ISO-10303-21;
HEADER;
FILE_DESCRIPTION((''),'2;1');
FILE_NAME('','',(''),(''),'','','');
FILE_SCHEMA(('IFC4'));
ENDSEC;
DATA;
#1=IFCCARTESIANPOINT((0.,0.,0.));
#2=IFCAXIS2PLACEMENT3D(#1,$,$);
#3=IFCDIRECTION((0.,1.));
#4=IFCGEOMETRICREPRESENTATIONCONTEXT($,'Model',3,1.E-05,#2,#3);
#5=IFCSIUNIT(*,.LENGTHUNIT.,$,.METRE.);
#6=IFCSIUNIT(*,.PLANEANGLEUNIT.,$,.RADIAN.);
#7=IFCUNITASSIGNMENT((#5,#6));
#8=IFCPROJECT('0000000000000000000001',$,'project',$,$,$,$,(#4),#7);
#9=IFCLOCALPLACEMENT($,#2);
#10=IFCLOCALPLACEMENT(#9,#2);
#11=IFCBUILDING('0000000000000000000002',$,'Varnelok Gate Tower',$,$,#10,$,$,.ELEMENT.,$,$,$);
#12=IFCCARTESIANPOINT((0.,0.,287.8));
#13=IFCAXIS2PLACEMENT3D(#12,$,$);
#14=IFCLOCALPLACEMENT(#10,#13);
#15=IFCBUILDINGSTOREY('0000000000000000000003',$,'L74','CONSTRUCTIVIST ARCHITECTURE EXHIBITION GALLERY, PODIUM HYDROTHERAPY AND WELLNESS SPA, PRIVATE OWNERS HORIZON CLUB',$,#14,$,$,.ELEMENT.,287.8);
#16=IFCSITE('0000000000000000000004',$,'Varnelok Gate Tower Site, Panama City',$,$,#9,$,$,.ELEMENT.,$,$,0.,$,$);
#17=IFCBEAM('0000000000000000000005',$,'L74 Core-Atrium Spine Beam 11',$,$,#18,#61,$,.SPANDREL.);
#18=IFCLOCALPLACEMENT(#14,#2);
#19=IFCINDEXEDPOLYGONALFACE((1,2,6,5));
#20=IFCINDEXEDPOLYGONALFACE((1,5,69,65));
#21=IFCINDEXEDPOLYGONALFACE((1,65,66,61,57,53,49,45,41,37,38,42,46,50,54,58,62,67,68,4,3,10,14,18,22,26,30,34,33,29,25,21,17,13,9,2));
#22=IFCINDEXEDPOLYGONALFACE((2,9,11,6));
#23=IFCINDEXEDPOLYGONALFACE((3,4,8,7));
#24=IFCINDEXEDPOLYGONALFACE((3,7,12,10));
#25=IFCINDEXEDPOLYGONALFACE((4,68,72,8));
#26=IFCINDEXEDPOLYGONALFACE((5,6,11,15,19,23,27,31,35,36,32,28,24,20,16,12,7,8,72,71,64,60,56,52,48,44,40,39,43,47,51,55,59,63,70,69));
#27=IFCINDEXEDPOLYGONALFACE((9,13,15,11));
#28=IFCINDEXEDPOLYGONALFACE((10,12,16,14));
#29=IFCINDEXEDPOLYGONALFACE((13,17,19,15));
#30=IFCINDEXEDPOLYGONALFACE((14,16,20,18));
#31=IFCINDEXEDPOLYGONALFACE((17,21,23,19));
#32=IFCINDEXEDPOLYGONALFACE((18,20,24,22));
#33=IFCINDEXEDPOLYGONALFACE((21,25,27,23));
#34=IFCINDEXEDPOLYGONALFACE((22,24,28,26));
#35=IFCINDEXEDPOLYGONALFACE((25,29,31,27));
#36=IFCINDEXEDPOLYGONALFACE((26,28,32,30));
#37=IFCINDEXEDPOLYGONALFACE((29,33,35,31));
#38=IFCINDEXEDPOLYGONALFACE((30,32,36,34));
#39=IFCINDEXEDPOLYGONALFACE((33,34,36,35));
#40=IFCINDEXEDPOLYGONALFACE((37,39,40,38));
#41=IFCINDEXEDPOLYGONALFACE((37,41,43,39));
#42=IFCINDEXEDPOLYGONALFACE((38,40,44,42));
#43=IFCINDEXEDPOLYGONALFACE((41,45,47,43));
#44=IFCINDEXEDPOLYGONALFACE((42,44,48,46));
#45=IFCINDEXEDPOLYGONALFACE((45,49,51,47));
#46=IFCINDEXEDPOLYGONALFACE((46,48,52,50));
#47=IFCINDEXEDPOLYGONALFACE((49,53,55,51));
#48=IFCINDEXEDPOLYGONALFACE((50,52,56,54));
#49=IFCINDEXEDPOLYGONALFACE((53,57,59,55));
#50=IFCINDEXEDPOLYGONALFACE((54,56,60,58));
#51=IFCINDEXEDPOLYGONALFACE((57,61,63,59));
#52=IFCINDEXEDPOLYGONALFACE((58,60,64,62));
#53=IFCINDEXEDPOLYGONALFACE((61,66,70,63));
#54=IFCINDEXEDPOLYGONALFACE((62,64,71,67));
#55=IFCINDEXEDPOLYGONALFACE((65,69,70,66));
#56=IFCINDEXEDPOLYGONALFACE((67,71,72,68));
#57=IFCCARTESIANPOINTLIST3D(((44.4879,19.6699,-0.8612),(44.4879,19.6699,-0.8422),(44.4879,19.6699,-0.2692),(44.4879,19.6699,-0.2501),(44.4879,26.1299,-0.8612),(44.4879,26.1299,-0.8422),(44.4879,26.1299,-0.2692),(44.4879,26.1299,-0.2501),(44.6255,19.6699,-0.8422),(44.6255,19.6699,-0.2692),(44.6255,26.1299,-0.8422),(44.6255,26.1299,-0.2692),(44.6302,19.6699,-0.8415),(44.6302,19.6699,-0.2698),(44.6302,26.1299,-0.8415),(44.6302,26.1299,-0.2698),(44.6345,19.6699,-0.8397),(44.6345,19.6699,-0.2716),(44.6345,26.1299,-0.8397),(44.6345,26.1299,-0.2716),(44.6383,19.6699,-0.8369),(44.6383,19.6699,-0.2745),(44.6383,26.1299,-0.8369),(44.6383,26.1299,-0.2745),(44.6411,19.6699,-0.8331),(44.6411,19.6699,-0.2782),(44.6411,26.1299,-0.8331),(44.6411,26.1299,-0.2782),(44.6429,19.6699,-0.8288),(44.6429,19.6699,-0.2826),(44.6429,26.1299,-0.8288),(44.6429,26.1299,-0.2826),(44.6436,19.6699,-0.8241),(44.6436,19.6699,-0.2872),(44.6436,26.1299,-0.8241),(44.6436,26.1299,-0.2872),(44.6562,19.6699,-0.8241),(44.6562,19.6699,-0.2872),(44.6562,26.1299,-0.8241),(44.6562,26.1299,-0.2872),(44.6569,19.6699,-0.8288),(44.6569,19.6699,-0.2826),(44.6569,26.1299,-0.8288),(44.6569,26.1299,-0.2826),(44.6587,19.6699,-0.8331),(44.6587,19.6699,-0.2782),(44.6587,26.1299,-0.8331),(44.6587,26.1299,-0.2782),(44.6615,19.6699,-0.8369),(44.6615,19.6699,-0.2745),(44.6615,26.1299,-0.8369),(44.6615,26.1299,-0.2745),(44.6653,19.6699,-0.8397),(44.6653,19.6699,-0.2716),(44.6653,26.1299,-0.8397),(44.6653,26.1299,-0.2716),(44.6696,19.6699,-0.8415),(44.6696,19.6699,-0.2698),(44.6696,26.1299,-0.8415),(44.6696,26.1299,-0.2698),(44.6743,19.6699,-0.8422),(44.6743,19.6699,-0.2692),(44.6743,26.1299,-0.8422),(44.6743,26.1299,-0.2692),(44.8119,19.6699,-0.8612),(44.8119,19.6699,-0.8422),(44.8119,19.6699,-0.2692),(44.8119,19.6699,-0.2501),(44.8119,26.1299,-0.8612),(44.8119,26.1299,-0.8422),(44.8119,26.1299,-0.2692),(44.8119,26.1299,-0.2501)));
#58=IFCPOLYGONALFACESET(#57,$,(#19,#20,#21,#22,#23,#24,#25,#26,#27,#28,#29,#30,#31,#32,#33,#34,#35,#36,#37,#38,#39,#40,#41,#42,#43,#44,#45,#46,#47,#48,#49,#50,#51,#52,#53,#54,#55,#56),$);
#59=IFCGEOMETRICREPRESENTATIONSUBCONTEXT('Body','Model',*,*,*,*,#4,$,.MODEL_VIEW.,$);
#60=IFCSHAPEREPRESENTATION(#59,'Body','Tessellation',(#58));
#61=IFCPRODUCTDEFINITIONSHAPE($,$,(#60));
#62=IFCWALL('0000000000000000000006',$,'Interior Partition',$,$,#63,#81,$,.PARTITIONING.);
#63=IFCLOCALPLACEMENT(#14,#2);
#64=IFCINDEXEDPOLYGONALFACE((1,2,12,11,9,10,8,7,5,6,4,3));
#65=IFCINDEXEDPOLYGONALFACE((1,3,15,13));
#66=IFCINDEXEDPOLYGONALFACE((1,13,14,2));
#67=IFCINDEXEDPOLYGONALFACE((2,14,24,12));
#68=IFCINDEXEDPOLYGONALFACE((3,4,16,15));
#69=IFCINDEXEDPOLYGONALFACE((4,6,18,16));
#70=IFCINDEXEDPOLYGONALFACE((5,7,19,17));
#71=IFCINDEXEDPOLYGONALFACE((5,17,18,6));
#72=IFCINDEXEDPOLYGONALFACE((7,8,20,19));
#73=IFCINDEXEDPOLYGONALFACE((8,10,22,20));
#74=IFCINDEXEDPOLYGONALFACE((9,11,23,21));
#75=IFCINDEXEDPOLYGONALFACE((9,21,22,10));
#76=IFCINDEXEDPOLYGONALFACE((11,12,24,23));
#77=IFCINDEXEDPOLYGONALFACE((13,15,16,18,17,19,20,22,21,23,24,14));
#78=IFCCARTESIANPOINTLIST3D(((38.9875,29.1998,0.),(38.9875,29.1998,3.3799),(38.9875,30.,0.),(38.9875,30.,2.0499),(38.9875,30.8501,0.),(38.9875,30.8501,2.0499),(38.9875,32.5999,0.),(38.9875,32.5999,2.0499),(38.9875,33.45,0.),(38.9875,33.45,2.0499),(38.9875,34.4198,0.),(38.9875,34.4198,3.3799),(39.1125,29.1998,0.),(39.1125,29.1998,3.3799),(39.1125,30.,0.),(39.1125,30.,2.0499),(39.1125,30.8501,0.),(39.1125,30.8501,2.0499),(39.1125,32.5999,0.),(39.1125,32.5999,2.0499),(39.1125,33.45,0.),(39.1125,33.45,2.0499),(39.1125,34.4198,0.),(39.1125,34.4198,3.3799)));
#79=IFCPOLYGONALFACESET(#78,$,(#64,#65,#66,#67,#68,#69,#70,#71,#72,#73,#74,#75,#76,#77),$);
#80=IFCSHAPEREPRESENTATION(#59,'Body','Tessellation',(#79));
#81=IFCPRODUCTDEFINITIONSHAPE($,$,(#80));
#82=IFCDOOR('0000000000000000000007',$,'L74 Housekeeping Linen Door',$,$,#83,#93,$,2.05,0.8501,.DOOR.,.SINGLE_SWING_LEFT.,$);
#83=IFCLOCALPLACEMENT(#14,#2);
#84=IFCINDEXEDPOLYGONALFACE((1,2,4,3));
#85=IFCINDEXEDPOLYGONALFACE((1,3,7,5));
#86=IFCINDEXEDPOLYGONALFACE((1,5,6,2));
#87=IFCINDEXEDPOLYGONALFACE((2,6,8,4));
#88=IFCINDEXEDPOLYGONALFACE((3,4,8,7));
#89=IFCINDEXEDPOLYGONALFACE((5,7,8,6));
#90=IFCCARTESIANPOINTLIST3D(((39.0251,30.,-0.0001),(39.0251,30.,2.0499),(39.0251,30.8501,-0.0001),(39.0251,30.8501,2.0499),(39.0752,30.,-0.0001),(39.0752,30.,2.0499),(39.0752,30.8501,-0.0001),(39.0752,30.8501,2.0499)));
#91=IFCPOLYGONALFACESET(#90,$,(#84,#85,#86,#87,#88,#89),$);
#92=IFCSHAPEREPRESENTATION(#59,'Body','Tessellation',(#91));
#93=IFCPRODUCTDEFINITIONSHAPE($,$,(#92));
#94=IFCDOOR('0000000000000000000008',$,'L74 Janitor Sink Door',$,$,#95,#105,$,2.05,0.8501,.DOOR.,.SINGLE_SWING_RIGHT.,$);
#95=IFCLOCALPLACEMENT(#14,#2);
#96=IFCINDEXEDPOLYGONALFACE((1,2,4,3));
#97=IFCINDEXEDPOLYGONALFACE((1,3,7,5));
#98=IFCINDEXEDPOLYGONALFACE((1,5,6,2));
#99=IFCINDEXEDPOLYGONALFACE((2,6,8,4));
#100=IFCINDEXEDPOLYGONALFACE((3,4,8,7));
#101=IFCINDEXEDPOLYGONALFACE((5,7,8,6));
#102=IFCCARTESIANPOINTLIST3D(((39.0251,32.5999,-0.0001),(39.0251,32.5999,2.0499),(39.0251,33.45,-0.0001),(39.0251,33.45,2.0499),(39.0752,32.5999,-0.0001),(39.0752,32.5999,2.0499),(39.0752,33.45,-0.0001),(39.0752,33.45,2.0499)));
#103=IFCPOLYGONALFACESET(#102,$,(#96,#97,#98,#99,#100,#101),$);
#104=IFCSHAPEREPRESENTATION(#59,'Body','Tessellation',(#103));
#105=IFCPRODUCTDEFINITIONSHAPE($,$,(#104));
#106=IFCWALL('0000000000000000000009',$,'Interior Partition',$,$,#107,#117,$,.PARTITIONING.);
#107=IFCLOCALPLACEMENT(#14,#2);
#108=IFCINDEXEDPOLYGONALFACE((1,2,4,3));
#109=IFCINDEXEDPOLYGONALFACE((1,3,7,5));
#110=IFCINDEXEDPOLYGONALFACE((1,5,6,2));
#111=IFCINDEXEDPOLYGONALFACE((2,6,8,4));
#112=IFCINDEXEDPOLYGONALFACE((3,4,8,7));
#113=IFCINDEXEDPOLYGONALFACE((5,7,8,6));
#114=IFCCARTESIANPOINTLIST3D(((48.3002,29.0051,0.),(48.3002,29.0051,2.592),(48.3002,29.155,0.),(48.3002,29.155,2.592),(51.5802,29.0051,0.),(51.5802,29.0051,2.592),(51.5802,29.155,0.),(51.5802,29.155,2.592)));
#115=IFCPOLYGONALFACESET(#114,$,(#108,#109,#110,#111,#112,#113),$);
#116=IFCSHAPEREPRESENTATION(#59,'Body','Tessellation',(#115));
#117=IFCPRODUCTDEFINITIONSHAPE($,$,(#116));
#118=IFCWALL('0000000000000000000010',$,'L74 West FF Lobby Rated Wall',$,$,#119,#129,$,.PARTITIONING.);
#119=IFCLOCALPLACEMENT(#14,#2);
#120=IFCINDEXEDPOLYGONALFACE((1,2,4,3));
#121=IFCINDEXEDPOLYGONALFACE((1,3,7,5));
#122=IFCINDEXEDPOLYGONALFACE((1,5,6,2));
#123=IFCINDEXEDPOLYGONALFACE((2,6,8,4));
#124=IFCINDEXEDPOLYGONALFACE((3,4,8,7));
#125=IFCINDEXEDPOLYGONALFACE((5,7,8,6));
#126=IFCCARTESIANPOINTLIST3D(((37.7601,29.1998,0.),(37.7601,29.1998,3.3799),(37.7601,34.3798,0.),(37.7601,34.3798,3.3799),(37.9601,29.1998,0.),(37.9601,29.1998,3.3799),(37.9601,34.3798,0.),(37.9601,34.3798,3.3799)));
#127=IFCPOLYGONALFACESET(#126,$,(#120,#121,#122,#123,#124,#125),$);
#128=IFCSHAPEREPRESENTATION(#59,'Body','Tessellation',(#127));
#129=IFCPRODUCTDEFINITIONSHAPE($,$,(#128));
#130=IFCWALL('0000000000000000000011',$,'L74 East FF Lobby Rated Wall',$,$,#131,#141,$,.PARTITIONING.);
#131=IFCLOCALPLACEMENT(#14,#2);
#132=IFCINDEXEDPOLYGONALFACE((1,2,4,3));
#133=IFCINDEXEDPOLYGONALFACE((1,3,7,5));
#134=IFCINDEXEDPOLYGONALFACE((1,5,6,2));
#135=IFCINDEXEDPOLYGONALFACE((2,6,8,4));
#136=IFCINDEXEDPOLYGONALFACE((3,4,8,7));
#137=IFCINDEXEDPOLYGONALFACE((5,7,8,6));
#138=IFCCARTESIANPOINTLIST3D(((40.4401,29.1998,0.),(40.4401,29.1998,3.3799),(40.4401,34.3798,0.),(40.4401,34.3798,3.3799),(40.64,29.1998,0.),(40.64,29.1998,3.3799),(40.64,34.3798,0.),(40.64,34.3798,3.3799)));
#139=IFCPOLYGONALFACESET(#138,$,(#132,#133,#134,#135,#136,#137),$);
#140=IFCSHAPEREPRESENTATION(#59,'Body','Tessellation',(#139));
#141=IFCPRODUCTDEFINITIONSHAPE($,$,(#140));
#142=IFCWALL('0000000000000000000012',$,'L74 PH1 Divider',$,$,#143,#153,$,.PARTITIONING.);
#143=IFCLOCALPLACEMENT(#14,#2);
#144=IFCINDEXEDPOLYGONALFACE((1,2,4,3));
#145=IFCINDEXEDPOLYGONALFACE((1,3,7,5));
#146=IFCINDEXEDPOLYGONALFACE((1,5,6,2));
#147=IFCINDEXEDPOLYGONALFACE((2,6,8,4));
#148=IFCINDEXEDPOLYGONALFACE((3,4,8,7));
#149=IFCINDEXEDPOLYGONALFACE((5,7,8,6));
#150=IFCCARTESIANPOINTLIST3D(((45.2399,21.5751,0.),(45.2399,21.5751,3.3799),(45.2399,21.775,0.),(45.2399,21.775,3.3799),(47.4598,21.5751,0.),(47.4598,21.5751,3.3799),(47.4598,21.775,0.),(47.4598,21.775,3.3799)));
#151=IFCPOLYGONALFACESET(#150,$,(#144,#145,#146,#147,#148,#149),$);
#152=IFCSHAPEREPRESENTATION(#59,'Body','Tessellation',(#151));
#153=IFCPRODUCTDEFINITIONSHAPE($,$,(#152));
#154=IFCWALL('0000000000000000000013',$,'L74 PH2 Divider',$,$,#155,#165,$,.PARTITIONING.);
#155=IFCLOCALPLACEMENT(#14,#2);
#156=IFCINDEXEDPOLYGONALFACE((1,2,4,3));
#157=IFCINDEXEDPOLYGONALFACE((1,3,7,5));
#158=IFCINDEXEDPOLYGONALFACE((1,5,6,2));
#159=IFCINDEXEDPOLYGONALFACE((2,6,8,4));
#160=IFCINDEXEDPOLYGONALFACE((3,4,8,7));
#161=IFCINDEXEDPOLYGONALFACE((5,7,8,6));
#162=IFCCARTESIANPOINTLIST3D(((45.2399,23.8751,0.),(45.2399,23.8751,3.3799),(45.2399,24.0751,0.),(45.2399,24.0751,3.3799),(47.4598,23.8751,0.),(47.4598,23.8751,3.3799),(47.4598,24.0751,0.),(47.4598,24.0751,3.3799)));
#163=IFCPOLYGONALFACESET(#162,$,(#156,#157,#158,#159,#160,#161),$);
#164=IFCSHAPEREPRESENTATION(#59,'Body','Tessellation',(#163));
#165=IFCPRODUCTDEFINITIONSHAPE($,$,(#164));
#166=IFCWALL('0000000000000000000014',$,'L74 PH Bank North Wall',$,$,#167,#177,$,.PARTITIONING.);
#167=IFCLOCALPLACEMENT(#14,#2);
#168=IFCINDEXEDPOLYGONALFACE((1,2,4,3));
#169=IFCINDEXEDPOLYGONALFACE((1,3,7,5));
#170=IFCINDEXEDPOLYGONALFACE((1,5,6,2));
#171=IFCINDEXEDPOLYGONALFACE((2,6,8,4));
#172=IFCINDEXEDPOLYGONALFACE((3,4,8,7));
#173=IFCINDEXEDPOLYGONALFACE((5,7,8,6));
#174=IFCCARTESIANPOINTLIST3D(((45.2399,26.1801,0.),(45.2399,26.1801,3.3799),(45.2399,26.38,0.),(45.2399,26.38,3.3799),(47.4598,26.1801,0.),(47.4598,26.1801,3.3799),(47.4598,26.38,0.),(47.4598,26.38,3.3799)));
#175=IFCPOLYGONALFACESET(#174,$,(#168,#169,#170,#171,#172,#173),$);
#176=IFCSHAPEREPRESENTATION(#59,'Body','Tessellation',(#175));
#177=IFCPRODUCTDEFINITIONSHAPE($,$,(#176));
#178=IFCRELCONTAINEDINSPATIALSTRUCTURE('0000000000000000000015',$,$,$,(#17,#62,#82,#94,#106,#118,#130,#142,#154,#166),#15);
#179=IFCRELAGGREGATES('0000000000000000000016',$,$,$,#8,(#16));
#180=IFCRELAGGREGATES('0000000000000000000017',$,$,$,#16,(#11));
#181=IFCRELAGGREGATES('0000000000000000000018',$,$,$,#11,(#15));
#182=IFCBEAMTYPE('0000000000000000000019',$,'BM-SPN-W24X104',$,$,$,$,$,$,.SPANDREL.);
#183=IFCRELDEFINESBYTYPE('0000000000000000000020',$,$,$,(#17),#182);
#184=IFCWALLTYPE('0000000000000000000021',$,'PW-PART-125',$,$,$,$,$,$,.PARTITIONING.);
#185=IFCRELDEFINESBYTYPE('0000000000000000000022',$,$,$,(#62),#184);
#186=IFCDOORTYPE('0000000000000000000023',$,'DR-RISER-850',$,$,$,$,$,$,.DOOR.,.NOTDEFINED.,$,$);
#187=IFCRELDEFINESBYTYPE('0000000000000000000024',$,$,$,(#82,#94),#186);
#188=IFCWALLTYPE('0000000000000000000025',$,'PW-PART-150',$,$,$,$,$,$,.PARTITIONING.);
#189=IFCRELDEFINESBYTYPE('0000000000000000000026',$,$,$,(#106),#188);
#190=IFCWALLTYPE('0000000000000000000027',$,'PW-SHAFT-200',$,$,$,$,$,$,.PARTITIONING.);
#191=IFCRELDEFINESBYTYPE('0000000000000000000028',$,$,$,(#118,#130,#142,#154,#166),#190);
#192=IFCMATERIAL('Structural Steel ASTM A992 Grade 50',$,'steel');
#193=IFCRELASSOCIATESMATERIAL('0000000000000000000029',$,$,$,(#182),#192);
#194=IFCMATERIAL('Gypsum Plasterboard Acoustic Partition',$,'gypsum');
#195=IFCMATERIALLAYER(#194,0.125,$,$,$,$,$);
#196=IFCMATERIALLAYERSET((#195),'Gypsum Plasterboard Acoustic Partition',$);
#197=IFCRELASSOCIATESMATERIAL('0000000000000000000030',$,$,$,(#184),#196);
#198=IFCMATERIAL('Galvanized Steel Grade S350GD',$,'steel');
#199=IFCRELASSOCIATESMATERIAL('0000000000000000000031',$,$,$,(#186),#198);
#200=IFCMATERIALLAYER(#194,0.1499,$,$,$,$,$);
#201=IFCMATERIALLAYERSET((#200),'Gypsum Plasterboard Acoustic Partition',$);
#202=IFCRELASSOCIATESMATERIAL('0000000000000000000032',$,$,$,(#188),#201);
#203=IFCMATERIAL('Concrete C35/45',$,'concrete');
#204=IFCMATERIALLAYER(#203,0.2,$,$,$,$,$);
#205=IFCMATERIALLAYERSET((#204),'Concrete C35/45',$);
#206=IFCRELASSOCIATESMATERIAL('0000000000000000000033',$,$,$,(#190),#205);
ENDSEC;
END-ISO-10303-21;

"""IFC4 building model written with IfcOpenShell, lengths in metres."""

from ifc_helpers import new_model, si_unit, direction, frame, frame_2d, origin, origin_2d, place, context, subcontext, project, spatial, rectangle, i_section, extrude, material, layer, layer_set, material_profile, profile_set, type_object, element, fill, save


model = new_model("IFC4")

# Units and contexts
model_context = context("Model", 3, precision=1e-05, world=origin(), true_north=direction((0.0, 1.0)))
body_context = subcontext(model_context, "Body", "Model", "MODEL_VIEW")
ifc_project = project(units=[si_unit("LENGTHUNIT", "METRE"), si_unit("PLANEANGLEUNIT", "RADIAN")], contexts=[model_context])

# Site, building, storey
site_placement = place(None, origin())
site = spatial("IfcSite", under=ifc_project, at=site_placement, Name="Varnelok Gate Tower Site, Panama City", CompositionType="ELEMENT", RefElevation=0.0)
building_placement = place(site_placement, origin())
building = spatial("IfcBuilding", under=site, at=building_placement, Name="Varnelok Gate Tower", CompositionType="ELEMENT")
storey_placement = place(building_placement, frame((0.0, 0.0, 287.8)))
storey = spatial("IfcBuildingStorey", under=building, at=storey_placement, Name="L74", Description="CONSTRUCTIVIST ARCHITECTURE EXHIBITION GALLERY, PODIUM HYDROTHERAPY AND WELLNESS SPA, PRIVATE OWNERS HORIZON CLUB", CompositionType="ELEMENT", Elevation=287.8)

# Shared definitions
ifc_material_1 = material(Name="Structural Steel ASTM A992 Grade 50", Category="steel")

# Beam
ifc_material_profile_1 = material_profile(ifc_material_1, i_section(OverallWidth=0.324, OverallDepth=0.6111, WebThickness=0.0127, FlangeThickness=0.019, FilletRadius=0.0181, at=origin_2d()), Name="W24X104")
ifc_profile_set_1 = profile_set([ifc_material_profile_1], Name="Structural Steel ASTM A992 Grade 50")
beam_type_1 = type_object("IfcBeamType", Name="BM-SPN-W24X104", PredefinedType="SPANDREL", material=ifc_profile_set_1)
beam_1_placement = place(storey_placement, frame((44.6499, 19.6699, -0.5557), z_axis=(0.0, 1.0, 0.0), x_axis=(-1.0, 0.0, 0.0)))
element("IfcBeam", 1, at=beam_1_placement, inside=storey, type_object=beam_type_1, Name="L74 Core-Atrium Spine Beam 11", PredefinedType="SPANDREL", context=body_context, shape_type="SweptSolid", body=[
    extrude(i_section(OverallWidth=0.324, OverallDepth=0.6111, WebThickness=0.0127, FlangeThickness=0.019, FilletRadius=0.0181, at=origin_2d()), origin(), (0.0, 0.0, 1.0), 6.46),
])

# Wall, openings, doors
ifc_material_2 = material(Name="Gypsum Plasterboard Acoustic Partition", Category="gypsum")
ifc_layer_1 = layer(ifc_material_2, 0.125)
ifc_layer_set_1 = layer_set([ifc_layer_1], Name="Gypsum Plasterboard Acoustic Partition")
wall_type_1 = type_object("IfcWallType", Name="PW-PART-125", PredefinedType="PARTITIONING", material=ifc_layer_set_1)
wall_1_placement = place(storey_placement, frame((39.05, 29.2, 0.0), z_axis=(0.0, 0.0, 1.0), x_axis=(0.0, 1.0, 0.0)))
wall_1 = element("IfcWall", 2, at=wall_1_placement, inside=storey, type_object=wall_type_1, Name="Interior Partition", PredefinedType="PARTITIONING", context=body_context, shape_type="SweptSolid", body=[
    extrude(rectangle(XDim=5.22, YDim=0.125, at=frame_2d((2.6099, 0.0))), origin(), (0.0, 0.0, 1.0), 3.3799),
])
opening_1_placement = place(wall_1_placement, frame((0.8, 0.0, 0.0)))
opening_1 = element("IfcOpeningElement", 3, at=opening_1_placement, cuts=wall_1, PredefinedType="OPENING", context=body_context, shape_type="SweptSolid", body=[
    extrude(rectangle(XDim=0.8501, YDim=2.05, at=frame_2d((0.425, 1.0249))), frame((0.0, 0.0725, 0.0), z_axis=(0.0, -1.0, 0.0), x_axis=(1.0, 0.0, 0.0)), (0.0, 0.0, 1.0), 0.145),
])
opening_2_placement = place(wall_1_placement, frame((3.3999, 0.0, 0.0)))
opening_2 = element("IfcOpeningElement", 4, at=opening_2_placement, cuts=wall_1, PredefinedType="OPENING", context=body_context, shape_type="SweptSolid", body=[
    extrude(rectangle(XDim=0.8501, YDim=2.05, at=frame_2d((0.425, 1.0249))), frame((0.0, 0.0725, 0.0), z_axis=(0.0, -1.0, 0.0), x_axis=(1.0, 0.0, 0.0)), (0.0, 0.0, 1.0), 0.145),
])
ifc_material_3 = material(Name="Galvanized Steel Grade S350GD", Category="steel")
door_type_1 = type_object("IfcDoorType", Name="DR-RISER-850", OperationType="NOTDEFINED", PredefinedType="DOOR", material=ifc_material_3)
door_1_placement = place(opening_1_placement, origin())
door_1 = element("IfcDoor", 5, at=door_1_placement, inside=storey, type_object=door_type_1, Name="L74 Housekeeping Linen Door", OperationType="SINGLE_SWING_LEFT", OverallHeight=2.05, OverallWidth=0.8501, PredefinedType="DOOR", context=body_context, shape_type="SweptSolid", body=[
    extrude(rectangle(XDim=0.8501, YDim=2.05, at=frame_2d((0.425, 1.0249))), frame((0.0, 0.0249, 0.0), z_axis=(0.0, -1.0, 0.0), x_axis=(1.0, 0.0, 0.0)), (0.0, 0.0, 1.0), 0.05),
])
fill(opening_1, door_1)
door_2_placement = place(opening_2_placement, origin())
door_2 = element("IfcDoor", 6, at=door_2_placement, inside=storey, type_object=door_type_1, Name="L74 Janitor Sink Door", OperationType="SINGLE_SWING_RIGHT", OverallHeight=2.05, OverallWidth=0.8501, PredefinedType="DOOR", context=body_context, shape_type="SweptSolid", body=[
    extrude(rectangle(XDim=0.8501, YDim=2.05, at=frame_2d((0.425, 1.0249))), frame((0.0, 0.0249, 0.0), z_axis=(0.0, -1.0, 0.0), x_axis=(1.0, 0.0, 0.0)), (0.0, 0.0, 1.0), 0.05),
])
fill(opening_2, door_2)

# Walls
ifc_layer_2 = layer(ifc_material_2, 0.1499)
ifc_layer_set_2 = layer_set([ifc_layer_2], Name="Gypsum Plasterboard Acoustic Partition")
wall_type_2 = type_object("IfcWallType", Name="PW-PART-150", PredefinedType="PARTITIONING", material=ifc_layer_set_2)
wall_2_placement = place(storey_placement, frame((48.3, 29.0801, 0.0), z_axis=(0.0, 0.0, 1.0), x_axis=(1.0, 0.0, 0.0)))
element("IfcWall", 7, at=wall_2_placement, inside=storey, type_object=wall_type_2, Name="Interior Partition", PredefinedType="PARTITIONING", context=body_context, shape_type="SweptSolid", body=[
    extrude(rectangle(XDim=3.28, YDim=0.1499, at=frame_2d((1.6401, 0.0))), origin(), (0.0, 0.0, 1.0), 2.592),
])
ifc_material_4 = material(Name="Concrete C35/45", Category="concrete")
ifc_layer_3 = layer(ifc_material_4, 0.2)
ifc_layer_set_3 = layer_set([ifc_layer_3], Name="Concrete C35/45")
wall_type_3 = type_object("IfcWallType", Name="PW-SHAFT-200", PredefinedType="PARTITIONING", material=ifc_layer_set_3)
for number, where, z_axis, x_axis, name in (
    (8, (37.8601, 29.2, 0.0), (0.0, 0.0, 1.0), (0.0, 1.0, 0.0), "L74 West FF Lobby Rated Wall"),
    (9, (40.54, 29.2, 0.0), (0.0, 0.0, 1.0), (0.0, 1.0, 0.0), "L74 East FF Lobby Rated Wall"),
):
    element("IfcWall", number, at=place(storey_placement, frame(where, z_axis=z_axis, x_axis=x_axis)), inside=storey, type_object=wall_type_3, Name=name, PredefinedType="PARTITIONING", context=body_context, shape_type="SweptSolid", body=[
        extrude(rectangle(XDim=5.1799, YDim=0.2, at=frame_2d((2.5898, 0.0))), origin(), (0.0, 0.0, 1.0), 3.3799),
    ])
for number, where, z_axis, x_axis, name in (
    (10, (45.24, 21.675, 0.0), (0.0, 0.0, 1.0), (1.0, 0.0, 0.0), "L74 PH1 Divider"),
    (11, (45.24, 23.9751, 0.0), (0.0, 0.0, 1.0), (1.0, 0.0, 0.0), "L74 PH2 Divider"),
    (12, (45.24, 26.28, 0.0), (0.0, 0.0, 1.0), (1.0, 0.0, 0.0), "L74 PH Bank North Wall"),
):
    element("IfcWall", number, at=place(storey_placement, frame(where, z_axis=z_axis, x_axis=x_axis)), inside=storey, type_object=wall_type_3, Name=name, PredefinedType="PARTITIONING", context=body_context, shape_type="SweptSolid", body=[
        extrude(rectangle(XDim=2.22, YDim=0.2, at=frame_2d((1.1099, 0.0))), origin(), (0.0, 0.0, 1.0), 3.3799),
    ])

save(model, "model.ifc")
